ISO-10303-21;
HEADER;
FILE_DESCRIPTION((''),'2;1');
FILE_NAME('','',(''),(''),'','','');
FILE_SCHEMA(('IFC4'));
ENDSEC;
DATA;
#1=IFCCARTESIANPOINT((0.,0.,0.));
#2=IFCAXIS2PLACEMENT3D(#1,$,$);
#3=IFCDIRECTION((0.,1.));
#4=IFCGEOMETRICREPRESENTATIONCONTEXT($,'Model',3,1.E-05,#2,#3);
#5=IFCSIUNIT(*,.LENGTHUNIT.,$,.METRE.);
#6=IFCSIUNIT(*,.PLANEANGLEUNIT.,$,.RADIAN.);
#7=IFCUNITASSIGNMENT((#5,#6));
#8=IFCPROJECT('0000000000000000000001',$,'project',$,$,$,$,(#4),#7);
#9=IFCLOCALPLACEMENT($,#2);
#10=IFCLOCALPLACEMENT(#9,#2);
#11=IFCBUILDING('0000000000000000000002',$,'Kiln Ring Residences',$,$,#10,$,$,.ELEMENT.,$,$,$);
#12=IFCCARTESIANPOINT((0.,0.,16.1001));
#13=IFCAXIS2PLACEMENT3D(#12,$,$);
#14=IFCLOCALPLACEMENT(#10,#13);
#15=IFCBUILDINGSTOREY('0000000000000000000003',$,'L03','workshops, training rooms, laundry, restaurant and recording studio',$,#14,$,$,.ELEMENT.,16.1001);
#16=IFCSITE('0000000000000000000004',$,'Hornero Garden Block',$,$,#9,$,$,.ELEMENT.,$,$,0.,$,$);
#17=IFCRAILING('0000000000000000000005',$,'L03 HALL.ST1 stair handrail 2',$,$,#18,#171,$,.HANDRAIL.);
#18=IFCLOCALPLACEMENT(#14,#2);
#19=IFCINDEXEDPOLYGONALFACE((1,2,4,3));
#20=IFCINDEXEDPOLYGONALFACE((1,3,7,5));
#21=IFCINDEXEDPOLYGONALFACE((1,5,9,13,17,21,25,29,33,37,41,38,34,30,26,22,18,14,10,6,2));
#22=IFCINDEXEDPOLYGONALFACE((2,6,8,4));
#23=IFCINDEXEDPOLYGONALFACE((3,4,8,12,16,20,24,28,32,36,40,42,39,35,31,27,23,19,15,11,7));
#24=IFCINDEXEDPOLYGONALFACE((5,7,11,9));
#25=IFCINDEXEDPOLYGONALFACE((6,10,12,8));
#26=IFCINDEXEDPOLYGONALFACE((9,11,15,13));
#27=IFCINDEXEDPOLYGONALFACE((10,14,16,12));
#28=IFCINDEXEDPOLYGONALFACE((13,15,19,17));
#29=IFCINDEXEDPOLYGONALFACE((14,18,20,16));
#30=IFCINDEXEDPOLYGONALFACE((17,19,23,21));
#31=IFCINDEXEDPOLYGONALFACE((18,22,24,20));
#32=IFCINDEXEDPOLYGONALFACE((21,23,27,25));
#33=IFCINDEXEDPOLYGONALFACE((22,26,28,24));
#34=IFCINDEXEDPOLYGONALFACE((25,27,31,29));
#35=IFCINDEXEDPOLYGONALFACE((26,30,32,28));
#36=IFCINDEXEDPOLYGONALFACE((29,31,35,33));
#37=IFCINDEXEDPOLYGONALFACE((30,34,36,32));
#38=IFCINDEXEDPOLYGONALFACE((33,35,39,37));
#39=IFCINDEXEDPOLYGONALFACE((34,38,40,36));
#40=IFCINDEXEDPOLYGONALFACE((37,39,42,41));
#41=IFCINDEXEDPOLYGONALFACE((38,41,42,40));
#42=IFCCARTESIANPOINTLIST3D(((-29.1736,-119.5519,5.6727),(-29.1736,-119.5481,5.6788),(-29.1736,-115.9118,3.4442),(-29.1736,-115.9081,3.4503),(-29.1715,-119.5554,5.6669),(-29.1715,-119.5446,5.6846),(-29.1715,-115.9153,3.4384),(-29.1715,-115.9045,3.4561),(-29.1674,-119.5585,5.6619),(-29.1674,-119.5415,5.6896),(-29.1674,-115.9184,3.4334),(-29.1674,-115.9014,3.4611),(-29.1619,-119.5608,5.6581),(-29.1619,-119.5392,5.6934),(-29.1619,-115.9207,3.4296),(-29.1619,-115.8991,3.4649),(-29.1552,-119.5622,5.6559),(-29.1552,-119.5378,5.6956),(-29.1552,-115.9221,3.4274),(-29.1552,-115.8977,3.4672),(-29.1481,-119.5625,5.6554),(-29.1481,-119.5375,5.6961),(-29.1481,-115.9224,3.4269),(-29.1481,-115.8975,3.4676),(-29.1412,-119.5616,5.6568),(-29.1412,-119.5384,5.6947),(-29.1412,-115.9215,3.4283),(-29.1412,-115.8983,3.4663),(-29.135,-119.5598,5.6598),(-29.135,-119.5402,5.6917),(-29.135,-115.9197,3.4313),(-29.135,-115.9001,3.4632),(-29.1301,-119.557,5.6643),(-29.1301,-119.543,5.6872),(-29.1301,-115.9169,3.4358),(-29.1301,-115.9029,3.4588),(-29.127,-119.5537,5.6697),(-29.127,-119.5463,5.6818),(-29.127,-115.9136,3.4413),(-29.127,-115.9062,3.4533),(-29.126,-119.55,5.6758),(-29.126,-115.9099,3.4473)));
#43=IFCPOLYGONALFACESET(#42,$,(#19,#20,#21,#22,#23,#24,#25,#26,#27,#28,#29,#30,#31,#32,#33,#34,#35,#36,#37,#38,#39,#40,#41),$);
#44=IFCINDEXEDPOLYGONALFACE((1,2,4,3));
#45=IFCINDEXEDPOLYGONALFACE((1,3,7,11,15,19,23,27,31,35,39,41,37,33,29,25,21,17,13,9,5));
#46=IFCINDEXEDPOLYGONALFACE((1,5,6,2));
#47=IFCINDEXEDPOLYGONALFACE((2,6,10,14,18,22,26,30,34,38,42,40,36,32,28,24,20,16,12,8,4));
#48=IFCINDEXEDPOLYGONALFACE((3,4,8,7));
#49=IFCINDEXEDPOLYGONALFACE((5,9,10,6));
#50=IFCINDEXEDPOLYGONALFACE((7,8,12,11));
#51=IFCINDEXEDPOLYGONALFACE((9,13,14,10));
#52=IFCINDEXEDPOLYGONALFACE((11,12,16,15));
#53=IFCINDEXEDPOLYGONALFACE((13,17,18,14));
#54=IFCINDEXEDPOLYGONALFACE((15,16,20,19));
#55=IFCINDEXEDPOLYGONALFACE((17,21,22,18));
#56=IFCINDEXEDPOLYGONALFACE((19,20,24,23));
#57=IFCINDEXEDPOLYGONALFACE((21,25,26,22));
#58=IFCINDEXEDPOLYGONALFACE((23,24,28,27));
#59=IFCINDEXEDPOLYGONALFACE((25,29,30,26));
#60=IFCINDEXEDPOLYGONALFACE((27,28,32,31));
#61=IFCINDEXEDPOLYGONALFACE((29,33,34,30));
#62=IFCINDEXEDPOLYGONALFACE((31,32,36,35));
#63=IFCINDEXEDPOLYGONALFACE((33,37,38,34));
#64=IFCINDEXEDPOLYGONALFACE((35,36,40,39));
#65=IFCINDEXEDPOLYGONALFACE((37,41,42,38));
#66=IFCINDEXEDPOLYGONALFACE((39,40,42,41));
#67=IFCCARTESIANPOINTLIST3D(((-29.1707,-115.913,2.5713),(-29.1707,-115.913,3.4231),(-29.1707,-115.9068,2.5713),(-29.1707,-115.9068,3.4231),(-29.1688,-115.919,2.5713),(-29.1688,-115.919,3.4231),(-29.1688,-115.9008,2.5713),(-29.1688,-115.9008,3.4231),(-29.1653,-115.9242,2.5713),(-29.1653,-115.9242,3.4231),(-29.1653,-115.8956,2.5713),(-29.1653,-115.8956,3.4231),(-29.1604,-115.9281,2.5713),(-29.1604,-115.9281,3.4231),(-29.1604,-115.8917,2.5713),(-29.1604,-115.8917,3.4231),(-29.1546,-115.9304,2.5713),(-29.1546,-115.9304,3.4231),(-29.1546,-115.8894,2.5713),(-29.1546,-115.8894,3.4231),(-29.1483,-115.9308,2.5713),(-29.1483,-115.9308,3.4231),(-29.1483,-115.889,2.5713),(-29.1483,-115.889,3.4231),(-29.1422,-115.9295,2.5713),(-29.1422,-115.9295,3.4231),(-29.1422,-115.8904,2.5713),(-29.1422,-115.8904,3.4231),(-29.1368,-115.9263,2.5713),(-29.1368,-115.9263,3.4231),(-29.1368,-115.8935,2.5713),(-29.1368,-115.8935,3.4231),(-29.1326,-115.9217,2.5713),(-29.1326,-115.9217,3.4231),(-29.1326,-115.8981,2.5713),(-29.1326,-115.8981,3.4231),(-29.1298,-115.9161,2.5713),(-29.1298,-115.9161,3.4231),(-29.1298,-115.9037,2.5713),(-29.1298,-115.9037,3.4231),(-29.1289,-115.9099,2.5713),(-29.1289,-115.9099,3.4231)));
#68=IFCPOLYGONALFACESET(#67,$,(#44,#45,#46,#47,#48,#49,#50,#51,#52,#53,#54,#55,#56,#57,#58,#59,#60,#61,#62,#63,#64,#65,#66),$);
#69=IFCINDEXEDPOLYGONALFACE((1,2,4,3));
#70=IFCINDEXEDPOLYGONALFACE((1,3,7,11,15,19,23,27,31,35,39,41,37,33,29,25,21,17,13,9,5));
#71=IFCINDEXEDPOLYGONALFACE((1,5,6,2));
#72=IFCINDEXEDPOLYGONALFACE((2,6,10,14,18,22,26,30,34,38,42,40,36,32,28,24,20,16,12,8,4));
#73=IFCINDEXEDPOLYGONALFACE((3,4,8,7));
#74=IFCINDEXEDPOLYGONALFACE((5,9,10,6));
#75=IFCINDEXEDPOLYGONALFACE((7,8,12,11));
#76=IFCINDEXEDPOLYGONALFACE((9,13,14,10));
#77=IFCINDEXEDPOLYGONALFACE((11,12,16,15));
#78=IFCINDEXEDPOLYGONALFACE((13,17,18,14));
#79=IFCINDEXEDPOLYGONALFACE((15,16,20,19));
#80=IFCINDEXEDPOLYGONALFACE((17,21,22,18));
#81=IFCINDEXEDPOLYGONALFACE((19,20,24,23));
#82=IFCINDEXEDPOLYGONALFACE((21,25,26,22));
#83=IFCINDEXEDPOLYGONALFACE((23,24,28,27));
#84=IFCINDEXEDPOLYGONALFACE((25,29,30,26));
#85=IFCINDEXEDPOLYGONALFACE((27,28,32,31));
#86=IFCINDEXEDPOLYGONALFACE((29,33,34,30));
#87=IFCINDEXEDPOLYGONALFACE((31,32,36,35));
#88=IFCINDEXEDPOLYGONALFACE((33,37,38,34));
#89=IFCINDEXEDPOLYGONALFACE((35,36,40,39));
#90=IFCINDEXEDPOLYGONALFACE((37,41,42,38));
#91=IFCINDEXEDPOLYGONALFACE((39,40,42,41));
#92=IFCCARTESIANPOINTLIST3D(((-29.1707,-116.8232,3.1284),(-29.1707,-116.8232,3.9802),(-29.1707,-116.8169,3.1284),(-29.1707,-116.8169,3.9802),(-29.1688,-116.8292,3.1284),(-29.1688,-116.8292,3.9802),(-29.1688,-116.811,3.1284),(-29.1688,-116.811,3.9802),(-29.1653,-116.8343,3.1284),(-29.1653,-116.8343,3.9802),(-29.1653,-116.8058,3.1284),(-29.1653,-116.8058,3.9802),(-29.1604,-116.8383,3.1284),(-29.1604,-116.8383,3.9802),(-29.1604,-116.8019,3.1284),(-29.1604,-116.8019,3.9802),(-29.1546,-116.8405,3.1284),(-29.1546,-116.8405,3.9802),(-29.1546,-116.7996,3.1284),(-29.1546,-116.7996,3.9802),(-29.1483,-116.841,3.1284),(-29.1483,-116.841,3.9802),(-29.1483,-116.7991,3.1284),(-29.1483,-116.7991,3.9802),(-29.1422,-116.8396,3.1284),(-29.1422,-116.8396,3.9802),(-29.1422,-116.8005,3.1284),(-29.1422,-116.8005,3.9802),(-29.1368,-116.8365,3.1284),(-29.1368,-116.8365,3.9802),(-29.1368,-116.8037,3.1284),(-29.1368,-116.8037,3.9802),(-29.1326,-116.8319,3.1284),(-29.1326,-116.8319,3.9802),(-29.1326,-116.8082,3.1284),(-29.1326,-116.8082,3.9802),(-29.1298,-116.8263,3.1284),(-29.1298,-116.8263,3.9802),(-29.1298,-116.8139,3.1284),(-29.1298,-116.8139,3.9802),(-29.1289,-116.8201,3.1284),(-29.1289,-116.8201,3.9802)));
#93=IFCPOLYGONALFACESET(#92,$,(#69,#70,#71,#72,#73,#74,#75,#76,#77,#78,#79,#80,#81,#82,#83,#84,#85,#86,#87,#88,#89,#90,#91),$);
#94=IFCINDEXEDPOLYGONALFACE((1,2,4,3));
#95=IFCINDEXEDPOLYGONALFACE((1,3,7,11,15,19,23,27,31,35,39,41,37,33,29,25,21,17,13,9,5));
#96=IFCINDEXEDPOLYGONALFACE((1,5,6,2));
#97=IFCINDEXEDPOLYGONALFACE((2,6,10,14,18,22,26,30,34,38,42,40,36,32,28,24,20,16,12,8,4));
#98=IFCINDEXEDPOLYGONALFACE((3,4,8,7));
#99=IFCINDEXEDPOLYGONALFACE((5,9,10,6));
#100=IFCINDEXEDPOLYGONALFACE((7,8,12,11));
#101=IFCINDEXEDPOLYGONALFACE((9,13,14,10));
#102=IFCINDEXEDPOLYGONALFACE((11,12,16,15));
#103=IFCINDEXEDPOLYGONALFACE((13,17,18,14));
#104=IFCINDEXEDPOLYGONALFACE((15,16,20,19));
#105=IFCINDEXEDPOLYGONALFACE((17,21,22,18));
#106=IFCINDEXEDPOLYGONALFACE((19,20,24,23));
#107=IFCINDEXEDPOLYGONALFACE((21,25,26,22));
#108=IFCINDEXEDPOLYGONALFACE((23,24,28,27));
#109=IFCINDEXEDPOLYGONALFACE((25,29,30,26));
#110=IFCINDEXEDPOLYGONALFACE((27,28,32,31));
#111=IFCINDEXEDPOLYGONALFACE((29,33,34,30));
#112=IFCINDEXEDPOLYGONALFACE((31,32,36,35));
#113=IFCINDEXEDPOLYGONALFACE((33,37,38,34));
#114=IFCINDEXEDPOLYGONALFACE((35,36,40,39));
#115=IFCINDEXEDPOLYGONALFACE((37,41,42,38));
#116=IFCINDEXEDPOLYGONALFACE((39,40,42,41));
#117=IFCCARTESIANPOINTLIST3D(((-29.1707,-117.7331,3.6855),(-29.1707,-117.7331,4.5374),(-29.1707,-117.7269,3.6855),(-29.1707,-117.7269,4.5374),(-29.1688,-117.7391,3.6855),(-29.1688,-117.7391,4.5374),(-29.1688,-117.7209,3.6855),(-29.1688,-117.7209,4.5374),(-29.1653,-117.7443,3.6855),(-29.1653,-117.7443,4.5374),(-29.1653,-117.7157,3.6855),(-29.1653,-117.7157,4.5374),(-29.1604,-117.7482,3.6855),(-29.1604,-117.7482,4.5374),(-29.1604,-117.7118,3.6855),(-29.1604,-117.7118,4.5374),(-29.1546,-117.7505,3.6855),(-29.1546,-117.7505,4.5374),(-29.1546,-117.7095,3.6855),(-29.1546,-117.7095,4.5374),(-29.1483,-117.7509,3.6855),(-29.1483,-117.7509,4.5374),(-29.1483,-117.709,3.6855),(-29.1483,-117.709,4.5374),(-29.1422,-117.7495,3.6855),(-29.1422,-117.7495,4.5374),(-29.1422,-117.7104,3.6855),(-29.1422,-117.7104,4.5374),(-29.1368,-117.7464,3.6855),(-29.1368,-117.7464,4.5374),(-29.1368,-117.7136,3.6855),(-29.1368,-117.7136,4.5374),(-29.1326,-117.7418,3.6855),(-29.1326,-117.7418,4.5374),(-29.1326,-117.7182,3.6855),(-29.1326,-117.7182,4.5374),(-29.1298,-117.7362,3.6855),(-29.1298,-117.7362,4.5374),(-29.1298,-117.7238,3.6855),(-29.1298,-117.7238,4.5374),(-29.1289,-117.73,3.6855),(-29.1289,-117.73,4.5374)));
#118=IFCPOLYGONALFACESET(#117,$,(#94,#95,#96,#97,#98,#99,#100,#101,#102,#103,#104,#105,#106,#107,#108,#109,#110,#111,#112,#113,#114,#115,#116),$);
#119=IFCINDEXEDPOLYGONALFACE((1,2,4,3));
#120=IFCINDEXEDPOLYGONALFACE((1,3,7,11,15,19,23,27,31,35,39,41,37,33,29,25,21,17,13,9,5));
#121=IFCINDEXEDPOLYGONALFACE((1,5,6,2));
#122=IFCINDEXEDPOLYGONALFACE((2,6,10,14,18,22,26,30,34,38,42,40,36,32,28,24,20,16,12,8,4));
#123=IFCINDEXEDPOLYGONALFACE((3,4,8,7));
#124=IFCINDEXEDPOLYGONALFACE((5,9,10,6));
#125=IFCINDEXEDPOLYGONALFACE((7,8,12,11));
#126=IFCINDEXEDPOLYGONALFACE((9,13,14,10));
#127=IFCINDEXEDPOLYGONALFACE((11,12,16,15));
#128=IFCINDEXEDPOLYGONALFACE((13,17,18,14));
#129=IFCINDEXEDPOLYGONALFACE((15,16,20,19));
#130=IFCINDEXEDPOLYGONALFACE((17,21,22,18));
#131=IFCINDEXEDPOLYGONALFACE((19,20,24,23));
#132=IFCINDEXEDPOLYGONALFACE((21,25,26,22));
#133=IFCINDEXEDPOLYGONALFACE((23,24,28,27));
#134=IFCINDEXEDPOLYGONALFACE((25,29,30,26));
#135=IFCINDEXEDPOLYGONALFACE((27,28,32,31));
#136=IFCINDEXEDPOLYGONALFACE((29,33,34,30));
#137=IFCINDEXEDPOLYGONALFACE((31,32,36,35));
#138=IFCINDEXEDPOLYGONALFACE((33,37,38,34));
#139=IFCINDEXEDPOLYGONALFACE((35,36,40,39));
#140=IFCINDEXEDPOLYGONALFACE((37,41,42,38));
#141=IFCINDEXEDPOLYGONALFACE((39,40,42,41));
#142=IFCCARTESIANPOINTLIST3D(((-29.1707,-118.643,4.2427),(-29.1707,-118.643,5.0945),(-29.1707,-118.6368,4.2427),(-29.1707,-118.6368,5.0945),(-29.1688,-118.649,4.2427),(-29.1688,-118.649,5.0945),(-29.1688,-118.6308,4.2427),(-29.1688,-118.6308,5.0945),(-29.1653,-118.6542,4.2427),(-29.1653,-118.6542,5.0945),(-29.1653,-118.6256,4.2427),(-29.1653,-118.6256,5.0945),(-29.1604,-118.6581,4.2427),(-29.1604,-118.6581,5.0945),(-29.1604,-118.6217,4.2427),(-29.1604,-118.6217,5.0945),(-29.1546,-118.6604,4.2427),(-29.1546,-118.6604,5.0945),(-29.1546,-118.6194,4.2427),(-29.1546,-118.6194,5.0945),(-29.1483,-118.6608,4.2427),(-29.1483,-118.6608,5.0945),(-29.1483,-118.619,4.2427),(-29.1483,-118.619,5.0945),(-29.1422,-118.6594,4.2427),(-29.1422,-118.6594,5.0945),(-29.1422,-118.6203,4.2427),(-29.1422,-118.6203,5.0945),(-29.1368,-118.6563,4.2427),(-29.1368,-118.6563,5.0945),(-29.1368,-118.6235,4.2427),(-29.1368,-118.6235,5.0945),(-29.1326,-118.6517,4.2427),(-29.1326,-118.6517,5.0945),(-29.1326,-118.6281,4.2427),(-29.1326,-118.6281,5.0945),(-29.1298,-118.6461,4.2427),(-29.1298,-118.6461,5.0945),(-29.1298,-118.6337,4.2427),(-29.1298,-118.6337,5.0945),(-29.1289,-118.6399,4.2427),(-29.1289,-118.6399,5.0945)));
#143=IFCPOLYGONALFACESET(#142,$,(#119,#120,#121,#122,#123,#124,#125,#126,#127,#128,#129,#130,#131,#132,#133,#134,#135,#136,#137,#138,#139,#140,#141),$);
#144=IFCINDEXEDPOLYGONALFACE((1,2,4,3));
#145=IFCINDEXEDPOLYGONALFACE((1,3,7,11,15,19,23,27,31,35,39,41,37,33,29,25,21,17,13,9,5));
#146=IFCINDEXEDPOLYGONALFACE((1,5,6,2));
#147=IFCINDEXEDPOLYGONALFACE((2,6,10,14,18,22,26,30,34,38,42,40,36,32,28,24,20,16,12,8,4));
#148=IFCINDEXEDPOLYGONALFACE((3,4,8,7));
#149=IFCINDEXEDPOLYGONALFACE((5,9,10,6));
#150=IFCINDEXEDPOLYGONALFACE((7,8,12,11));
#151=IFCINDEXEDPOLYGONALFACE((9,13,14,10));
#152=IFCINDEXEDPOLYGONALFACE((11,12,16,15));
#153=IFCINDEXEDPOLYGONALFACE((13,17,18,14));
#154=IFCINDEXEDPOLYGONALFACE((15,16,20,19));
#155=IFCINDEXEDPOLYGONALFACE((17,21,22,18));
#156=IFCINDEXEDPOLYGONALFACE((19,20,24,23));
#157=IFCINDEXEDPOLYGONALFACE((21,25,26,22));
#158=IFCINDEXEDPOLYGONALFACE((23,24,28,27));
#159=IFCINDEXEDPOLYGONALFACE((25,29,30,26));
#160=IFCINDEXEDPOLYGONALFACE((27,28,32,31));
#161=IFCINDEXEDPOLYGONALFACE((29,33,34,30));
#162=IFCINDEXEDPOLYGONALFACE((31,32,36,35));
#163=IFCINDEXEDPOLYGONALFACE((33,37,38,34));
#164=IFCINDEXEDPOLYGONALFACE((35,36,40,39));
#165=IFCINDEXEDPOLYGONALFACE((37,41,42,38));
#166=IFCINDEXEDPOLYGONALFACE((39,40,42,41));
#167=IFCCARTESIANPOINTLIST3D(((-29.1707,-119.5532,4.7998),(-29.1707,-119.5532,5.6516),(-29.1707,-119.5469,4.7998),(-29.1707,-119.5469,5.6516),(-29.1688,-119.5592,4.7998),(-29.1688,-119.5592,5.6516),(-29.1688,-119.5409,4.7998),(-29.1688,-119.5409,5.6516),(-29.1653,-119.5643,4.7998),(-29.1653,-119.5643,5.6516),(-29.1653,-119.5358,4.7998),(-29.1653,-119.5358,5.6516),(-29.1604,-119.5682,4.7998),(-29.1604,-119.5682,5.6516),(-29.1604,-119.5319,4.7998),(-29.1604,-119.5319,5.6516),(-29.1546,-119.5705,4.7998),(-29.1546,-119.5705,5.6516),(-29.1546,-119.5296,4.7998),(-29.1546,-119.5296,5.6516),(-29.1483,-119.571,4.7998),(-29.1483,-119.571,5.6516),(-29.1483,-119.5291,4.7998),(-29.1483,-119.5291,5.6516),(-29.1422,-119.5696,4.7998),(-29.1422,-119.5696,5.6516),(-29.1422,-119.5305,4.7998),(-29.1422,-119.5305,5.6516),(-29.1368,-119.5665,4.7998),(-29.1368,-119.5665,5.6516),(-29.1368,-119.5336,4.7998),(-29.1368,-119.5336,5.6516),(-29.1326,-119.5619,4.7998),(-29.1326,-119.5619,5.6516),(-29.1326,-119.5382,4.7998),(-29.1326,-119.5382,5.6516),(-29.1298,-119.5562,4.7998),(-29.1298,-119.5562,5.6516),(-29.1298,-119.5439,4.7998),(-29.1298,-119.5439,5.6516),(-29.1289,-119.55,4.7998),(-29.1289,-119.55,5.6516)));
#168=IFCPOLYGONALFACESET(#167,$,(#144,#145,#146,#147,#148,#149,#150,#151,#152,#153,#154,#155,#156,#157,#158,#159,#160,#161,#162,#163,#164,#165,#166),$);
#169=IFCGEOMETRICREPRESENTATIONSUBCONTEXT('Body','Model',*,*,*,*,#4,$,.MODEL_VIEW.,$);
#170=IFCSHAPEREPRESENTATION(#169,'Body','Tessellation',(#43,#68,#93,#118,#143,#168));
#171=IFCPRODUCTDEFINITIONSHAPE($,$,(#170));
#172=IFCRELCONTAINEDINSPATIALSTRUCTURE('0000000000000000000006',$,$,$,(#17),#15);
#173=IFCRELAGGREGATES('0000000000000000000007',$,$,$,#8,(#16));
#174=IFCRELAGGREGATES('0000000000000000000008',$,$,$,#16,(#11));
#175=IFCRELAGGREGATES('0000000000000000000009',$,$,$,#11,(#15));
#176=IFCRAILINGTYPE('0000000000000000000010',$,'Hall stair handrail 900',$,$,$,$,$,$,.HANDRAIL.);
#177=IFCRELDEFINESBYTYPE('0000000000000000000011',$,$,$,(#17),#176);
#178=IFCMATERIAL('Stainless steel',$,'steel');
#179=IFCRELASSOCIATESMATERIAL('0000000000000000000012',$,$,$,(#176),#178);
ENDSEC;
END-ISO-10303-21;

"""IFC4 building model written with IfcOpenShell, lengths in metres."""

from ifc_helpers import new_model, si_unit, direction, frame, origin, origin_2d, place, context, subcontext, project, spatial, circle, extrude, material, type_object, element, save


model = new_model("IFC4")

# Units and contexts
model_context = context("Model", 3, precision=1e-05, world=origin(), true_north=direction((0.0, 1.0)))
body_context = subcontext(model_context, "Body", "Model", "MODEL_VIEW")
ifc_project = project(units=[si_unit("LENGTHUNIT", "METRE"), si_unit("PLANEANGLEUNIT", "RADIAN")], contexts=[model_context])

# Site, building, storey
site_placement = place(None, origin())
site = spatial("IfcSite", under=ifc_project, at=site_placement, Name="Hornero Garden Block", CompositionType="ELEMENT", RefElevation=0.0)
building_placement = place(site_placement, origin())
building = spatial("IfcBuilding", under=site, at=building_placement, Name="Kiln Ring Residences", CompositionType="ELEMENT")
storey_placement = place(building_placement, frame((0.0, 0.0, 16.1001)))
storey = spatial("IfcBuildingStorey", under=building, at=storey_placement, Name="L03", Description="workshops, training rooms, laundry, restaurant and recording studio", CompositionType="ELEMENT", Elevation=16.1001)

# Railing
ifc_material_1 = material(Name="Stainless steel", Category="steel")
railing_type_1 = type_object("IfcRailingType", Name="Hall stair handrail 900", PredefinedType="HANDRAIL", material=ifc_material_1)
railing_1_placement = place(storey_placement, frame((-29.1499, -115.9099, 2.5713)))
element("IfcRailing", 1, at=railing_1_placement, inside=storey, type_object=railing_type_1, Name="L03 HALL.ST1 stair handrail 2", PredefinedType="HANDRAIL", context=body_context, shape_type="SweptSolid", body=[
    extrude(circle(Radius=0.0239, at=origin_2d()), frame((0.0, 0.0, 0.876), z_axis=(0.0, -0.852866, 0.52213), x_axis=(1.0, 0.0, 0.0)), (0.0, 0.0, 1.0), 4.2681),
    extrude(circle(Radius=0.021, at=origin_2d()), origin(), (0.0, 0.0, 1.0), 0.8518),
    extrude(circle(Radius=0.021, at=origin_2d()), frame((0.0, -0.9102, 0.5571)), (0.0, 0.0, 1.0), 0.8518),
    extrude(circle(Radius=0.021, at=origin_2d()), frame((0.0, -1.8201, 1.1143)), (0.0, 0.0, 1.0), 0.8518),
    extrude(circle(Radius=0.021, at=origin_2d()), frame((0.0, -2.73, 1.6714)), (0.0, 0.0, 1.0), 0.8518),
    extrude(circle(Radius=0.021, at=origin_2d()), frame((0.0, -3.6401, 2.2285)), (0.0, 0.0, 1.0), 0.8518),
])

save(model, "model.ifc")
